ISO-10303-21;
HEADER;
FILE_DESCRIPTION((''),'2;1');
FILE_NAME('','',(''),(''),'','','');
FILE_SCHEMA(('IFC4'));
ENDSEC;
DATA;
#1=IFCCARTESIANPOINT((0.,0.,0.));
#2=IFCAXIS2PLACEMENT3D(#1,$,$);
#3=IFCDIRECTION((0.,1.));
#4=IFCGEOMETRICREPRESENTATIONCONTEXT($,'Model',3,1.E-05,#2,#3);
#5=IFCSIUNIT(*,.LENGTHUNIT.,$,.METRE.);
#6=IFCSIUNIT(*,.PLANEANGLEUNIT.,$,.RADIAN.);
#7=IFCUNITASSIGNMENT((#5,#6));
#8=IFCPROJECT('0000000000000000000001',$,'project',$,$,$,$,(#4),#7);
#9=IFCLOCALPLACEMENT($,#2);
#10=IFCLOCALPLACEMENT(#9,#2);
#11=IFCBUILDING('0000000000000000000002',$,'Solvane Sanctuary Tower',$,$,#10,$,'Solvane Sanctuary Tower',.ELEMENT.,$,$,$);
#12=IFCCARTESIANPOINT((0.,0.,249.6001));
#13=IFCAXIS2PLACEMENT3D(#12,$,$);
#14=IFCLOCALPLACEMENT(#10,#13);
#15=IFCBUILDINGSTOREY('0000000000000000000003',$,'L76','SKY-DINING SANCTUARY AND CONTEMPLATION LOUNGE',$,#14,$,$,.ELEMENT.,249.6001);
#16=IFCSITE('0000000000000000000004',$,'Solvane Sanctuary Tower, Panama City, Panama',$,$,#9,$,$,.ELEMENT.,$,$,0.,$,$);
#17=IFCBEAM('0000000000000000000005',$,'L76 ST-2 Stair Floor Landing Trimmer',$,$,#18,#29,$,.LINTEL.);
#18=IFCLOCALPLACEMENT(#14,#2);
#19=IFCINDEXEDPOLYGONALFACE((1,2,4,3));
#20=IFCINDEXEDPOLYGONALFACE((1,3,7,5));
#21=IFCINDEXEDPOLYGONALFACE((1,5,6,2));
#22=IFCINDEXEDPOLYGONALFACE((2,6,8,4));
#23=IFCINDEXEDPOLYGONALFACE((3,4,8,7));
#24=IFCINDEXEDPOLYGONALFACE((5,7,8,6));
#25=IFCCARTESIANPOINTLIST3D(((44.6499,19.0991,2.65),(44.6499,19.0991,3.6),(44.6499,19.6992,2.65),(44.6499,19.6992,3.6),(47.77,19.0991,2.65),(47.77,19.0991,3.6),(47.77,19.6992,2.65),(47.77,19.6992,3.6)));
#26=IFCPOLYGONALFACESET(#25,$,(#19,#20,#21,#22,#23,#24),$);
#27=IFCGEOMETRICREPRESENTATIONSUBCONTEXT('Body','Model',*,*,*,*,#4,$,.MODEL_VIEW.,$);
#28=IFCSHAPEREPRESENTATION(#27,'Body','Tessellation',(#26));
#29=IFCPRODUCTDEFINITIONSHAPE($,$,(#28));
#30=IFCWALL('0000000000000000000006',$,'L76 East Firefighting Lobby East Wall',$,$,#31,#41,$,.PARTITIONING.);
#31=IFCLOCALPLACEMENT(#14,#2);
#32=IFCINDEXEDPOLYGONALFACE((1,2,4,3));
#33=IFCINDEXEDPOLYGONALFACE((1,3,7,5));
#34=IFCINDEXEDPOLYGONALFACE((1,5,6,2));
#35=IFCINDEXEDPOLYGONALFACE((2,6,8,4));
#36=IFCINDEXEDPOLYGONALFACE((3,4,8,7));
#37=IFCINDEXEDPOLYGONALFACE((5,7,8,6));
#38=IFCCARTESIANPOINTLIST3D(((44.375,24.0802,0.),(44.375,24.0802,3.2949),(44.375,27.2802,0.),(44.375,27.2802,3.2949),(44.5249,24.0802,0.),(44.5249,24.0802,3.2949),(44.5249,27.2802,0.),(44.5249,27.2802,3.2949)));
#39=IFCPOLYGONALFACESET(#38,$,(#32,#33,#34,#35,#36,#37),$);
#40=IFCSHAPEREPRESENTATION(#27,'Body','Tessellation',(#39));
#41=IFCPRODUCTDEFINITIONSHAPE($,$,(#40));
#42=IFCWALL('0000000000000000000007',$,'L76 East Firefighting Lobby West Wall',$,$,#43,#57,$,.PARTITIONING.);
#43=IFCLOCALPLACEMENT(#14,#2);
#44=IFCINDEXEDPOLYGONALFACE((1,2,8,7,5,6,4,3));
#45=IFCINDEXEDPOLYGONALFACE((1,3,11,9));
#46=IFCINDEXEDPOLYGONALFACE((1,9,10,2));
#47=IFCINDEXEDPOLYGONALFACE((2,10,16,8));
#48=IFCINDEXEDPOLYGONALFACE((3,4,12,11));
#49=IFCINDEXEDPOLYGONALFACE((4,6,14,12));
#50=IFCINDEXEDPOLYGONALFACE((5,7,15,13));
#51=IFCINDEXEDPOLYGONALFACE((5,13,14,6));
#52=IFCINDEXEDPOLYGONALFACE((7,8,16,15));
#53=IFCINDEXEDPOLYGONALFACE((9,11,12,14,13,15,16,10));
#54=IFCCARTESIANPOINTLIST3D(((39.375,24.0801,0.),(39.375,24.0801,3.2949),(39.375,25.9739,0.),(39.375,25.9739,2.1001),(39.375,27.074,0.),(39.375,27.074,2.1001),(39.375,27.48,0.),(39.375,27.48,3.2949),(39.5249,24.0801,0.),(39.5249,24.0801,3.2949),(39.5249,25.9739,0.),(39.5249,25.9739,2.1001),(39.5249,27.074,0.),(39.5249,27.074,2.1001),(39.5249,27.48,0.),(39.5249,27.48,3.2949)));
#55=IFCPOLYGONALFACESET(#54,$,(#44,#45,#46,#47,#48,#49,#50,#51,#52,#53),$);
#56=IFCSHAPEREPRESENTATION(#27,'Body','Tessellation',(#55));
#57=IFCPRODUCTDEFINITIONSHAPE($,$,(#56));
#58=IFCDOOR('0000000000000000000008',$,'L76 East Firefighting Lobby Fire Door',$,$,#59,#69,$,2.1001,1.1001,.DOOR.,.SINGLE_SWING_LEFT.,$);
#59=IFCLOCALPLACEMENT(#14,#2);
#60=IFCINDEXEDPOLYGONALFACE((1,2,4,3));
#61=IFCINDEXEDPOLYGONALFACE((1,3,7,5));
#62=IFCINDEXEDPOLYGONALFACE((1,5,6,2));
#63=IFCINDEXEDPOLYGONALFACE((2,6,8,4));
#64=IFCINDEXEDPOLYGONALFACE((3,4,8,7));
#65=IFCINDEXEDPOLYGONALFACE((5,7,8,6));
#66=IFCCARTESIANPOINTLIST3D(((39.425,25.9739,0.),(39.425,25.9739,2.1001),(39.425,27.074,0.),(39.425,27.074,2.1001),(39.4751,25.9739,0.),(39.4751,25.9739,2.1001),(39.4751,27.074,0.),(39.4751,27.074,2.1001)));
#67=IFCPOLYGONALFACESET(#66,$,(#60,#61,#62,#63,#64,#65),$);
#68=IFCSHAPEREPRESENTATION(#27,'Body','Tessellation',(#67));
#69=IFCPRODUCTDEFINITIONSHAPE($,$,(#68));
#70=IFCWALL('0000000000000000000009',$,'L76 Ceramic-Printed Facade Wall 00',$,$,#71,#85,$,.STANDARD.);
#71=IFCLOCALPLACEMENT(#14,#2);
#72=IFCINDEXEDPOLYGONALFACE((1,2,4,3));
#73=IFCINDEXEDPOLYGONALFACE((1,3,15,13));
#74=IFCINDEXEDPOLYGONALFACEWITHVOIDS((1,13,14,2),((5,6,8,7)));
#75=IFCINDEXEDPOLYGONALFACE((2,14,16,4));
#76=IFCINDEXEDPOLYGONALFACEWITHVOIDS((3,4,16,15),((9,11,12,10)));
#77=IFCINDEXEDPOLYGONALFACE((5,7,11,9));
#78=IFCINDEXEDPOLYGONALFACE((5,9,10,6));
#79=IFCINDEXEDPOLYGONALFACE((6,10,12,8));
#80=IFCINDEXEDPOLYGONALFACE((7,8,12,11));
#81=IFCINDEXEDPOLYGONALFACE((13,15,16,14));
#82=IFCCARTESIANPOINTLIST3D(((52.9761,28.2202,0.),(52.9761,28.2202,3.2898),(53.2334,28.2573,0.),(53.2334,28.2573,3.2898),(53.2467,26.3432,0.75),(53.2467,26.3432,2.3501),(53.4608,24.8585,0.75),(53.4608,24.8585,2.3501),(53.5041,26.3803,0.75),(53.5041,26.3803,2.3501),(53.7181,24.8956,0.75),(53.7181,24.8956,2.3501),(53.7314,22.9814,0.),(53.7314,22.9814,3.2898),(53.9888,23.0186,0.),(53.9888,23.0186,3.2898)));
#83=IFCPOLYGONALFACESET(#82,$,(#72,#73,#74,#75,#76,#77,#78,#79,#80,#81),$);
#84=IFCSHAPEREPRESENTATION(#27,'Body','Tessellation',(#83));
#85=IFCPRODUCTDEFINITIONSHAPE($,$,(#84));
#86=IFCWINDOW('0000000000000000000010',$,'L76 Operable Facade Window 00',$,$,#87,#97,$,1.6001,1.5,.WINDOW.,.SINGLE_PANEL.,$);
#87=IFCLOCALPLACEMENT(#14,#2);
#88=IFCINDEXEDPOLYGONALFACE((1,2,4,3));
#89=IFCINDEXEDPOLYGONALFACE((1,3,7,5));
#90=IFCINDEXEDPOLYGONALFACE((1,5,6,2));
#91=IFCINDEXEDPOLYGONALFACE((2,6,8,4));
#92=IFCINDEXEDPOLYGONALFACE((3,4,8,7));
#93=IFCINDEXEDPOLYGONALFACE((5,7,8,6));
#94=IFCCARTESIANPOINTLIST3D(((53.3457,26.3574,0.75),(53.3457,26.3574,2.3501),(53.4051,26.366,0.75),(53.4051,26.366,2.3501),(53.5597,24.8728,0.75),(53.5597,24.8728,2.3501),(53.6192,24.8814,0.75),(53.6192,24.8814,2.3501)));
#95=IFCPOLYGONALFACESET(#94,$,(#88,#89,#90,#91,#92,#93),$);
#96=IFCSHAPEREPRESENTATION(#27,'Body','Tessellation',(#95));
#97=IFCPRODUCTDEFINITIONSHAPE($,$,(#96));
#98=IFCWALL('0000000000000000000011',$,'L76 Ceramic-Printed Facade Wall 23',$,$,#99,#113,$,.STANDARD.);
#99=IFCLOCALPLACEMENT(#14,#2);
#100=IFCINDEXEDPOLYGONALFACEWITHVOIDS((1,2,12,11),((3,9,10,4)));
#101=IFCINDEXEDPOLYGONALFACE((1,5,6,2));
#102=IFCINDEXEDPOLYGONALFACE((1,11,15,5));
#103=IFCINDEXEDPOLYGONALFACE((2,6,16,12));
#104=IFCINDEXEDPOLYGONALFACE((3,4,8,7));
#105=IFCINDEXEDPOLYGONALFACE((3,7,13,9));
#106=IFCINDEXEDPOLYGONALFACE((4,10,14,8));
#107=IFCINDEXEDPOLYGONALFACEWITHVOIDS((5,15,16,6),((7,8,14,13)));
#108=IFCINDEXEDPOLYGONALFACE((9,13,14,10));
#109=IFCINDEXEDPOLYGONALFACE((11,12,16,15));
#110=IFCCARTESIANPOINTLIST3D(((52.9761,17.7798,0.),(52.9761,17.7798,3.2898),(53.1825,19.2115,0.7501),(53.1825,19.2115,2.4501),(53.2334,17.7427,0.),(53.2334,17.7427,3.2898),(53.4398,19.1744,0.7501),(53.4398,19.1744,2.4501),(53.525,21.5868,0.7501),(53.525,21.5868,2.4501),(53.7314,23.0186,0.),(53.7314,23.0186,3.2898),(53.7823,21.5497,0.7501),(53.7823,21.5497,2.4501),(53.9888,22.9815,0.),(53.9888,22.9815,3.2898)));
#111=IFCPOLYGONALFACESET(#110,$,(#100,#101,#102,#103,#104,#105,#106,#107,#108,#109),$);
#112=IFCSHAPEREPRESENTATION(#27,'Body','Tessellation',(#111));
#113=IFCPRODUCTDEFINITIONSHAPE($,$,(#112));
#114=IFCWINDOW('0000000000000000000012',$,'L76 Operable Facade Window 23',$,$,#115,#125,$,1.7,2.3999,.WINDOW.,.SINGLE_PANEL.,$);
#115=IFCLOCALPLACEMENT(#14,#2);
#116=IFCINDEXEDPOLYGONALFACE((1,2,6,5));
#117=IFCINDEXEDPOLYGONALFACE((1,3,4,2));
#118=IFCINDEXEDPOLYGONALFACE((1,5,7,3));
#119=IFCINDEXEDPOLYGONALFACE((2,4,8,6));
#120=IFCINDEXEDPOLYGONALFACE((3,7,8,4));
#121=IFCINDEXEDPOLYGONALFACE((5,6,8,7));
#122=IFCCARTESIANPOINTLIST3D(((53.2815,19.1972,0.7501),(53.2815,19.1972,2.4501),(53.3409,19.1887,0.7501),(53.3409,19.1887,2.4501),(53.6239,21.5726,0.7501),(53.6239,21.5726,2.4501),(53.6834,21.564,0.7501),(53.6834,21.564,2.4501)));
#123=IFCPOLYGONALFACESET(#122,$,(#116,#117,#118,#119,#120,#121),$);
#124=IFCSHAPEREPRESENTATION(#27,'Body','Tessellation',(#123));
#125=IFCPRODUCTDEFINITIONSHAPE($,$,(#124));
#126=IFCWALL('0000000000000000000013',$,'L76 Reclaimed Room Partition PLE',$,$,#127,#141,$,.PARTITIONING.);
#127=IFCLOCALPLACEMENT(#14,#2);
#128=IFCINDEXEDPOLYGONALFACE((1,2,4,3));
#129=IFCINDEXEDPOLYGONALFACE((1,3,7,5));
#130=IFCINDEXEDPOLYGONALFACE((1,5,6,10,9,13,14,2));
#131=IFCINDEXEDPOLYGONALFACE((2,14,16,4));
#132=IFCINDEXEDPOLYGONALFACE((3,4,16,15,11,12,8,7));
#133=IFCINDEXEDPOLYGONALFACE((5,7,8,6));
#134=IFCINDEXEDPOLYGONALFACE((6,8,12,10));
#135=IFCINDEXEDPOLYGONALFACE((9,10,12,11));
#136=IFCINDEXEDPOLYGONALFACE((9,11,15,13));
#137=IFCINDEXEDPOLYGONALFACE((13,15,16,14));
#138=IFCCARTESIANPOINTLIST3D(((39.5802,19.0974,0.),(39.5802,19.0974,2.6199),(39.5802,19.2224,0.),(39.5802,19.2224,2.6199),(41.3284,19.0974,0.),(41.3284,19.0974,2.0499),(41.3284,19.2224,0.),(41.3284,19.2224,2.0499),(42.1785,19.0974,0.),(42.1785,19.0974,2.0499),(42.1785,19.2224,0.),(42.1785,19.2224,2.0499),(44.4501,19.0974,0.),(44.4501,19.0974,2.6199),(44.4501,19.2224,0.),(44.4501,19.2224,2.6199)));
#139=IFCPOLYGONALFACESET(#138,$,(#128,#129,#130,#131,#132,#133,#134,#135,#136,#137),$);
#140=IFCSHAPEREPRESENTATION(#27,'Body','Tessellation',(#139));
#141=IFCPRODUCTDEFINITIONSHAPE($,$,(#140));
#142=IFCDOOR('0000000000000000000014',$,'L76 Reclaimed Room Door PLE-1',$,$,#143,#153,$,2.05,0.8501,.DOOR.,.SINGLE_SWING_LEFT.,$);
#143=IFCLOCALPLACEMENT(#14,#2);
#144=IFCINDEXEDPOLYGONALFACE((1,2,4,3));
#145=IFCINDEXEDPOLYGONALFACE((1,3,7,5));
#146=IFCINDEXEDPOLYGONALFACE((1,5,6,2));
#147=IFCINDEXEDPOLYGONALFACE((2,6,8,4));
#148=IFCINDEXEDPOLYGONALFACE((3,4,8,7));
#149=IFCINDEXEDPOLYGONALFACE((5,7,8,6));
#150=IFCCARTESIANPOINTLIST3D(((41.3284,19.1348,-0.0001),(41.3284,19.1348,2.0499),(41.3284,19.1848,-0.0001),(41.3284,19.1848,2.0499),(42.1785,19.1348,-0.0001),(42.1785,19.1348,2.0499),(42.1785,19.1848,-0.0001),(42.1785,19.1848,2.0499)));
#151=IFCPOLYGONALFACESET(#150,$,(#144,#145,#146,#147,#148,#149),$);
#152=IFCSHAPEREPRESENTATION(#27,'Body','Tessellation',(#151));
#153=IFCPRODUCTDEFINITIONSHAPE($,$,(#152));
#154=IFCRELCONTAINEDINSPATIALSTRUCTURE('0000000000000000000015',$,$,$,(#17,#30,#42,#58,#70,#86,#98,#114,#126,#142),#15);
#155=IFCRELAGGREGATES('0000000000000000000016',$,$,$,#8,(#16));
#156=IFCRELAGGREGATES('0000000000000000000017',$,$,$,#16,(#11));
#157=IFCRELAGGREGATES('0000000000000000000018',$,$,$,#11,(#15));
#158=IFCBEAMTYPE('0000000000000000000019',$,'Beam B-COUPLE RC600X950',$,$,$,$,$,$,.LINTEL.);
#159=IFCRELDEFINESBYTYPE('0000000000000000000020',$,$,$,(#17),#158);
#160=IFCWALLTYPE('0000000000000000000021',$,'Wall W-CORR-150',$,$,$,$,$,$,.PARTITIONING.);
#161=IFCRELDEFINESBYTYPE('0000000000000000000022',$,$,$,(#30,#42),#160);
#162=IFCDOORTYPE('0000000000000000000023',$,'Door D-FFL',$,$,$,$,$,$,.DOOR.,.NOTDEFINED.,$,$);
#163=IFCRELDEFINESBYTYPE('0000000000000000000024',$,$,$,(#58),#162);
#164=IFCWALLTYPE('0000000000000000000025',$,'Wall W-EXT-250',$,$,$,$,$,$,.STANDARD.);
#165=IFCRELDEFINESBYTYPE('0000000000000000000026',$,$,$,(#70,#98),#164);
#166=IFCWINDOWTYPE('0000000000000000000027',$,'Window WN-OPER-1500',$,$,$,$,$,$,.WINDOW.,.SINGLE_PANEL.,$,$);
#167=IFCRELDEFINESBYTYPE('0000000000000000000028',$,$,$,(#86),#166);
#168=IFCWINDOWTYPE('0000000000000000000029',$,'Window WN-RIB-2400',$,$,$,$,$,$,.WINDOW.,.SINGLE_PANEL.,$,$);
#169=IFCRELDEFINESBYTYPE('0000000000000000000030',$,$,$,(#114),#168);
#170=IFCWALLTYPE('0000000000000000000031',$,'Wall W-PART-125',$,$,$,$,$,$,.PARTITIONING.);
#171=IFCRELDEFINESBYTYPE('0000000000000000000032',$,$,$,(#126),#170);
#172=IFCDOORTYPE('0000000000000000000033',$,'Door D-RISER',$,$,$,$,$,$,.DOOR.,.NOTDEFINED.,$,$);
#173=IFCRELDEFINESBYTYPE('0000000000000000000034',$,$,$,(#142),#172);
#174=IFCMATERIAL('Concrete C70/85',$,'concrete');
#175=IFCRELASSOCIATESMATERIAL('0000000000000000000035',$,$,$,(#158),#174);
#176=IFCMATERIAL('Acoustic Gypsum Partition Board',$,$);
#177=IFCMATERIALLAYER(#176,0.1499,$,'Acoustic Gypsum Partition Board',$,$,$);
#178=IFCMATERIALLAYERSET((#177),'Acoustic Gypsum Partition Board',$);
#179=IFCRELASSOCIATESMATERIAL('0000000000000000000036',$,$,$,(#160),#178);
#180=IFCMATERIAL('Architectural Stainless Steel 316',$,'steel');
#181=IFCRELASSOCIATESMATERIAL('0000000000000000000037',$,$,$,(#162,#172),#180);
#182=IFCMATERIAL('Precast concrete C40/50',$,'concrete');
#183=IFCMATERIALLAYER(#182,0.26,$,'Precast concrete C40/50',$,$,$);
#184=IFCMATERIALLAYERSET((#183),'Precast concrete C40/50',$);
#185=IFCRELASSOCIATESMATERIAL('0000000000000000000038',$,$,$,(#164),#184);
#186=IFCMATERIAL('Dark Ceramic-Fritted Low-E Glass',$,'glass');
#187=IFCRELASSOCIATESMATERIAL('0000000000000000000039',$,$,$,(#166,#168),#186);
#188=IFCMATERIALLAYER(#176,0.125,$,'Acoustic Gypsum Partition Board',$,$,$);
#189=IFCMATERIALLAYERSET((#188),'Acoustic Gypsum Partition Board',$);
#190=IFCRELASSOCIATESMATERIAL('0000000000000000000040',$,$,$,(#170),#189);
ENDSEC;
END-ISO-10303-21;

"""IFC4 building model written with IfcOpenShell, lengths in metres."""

from ifc_helpers import new_model, si_unit, direction, frame, frame_2d, origin, origin_2d, place, context, subcontext, project, spatial, rectangle, extrude, material, layer, layer_set, material_profile, profile_set, type_object, element, fill, save


model = new_model("IFC4")

# Units and contexts
model_context = context("Model", 3, precision=1e-05, world=origin(), true_north=direction((0.0, 1.0)))
body_context = subcontext(model_context, "Body", "Model", "MODEL_VIEW")
ifc_project = project(units=[si_unit("LENGTHUNIT", "METRE"), si_unit("PLANEANGLEUNIT", "RADIAN")], contexts=[model_context])

# Site, building, storey
site_placement = place(None, origin())
site = spatial("IfcSite", under=ifc_project, at=site_placement, Name="Solvane Sanctuary Tower, Panama City, Panama", CompositionType="ELEMENT", RefElevation=0.0)
building_placement = place(site_placement, origin())
building = spatial("IfcBuilding", under=site, at=building_placement, Name="Solvane Sanctuary Tower", LongName="Solvane Sanctuary Tower", CompositionType="ELEMENT")
storey_placement = place(building_placement, frame((0.0, 0.0, 249.6001)))
storey = spatial("IfcBuildingStorey", under=building, at=storey_placement, Name="L76", Description="SKY-DINING SANCTUARY AND CONTEMPLATION LOUNGE", CompositionType="ELEMENT", Elevation=249.6001)

# Beam
ifc_material_1 = material(Name="Concrete C70/85", Category="concrete")
ifc_material_profile = material_profile(ifc_material_1, rectangle(XDim=0.6001, YDim=0.95, at=origin_2d()), Name="RC600X950")
ifc_profile_set = profile_set([ifc_material_profile], Name="Concrete C70/85")
beam_type = type_object("IfcBeamType", Name="Beam B-COUPLE RC600X950", PredefinedType="LINTEL", material=ifc_profile_set)
beam_placement = place(storey_placement, frame((44.6499, 19.3992, 3.125), z_axis=(1.0, 0.0, 0.0), x_axis=(0.0, 1.0, 0.0)))
element("IfcBeam", 1, at=beam_placement, inside=storey, type_object=beam_type, Name="L76 ST-2 Stair Floor Landing Trimmer", PredefinedType="LINTEL", context=body_context, shape_type="SweptSolid", body=[
    extrude(rectangle(XDim=0.6001, YDim=0.95, at=origin_2d()), origin(), (0.0, 0.0, 1.0), 3.1201),
])

# Wall
ifc_material_2 = material(Name="Acoustic Gypsum Partition Board")
ifc_layer_1 = layer(ifc_material_2, 0.1499, Name="Acoustic Gypsum Partition Board")
ifc_layer_set_1 = layer_set([ifc_layer_1], Name="Acoustic Gypsum Partition Board")
wall_type_1 = type_object("IfcWallType", Name="Wall W-CORR-150", PredefinedType="PARTITIONING", material=ifc_layer_set_1)
wall_1_placement = place(storey_placement, frame((44.45, 24.0801, 0.0), z_axis=(0.0, 0.0, 1.0), x_axis=(0.0, 1.0, 0.0)))
element("IfcWall", 2, at=wall_1_placement, inside=storey, type_object=wall_type_1, Name="L76 East Firefighting Lobby East Wall", PredefinedType="PARTITIONING", context=body_context, shape_type="SweptSolid", body=[
    extrude(rectangle(XDim=3.2, YDim=0.1499, at=frame_2d((1.6001, 0.0))), origin(), (0.0, 0.0, 1.0), 3.2949),
])

# Wall, opening, door
wall_2_placement = place(storey_placement, frame((39.45, 24.0801, 0.0), z_axis=(0.0, 0.0, 1.0), x_axis=(0.0, 1.0, 0.0)))
wall_2 = element("IfcWall", 3, at=wall_2_placement, inside=storey, type_object=wall_type_1, Name="L76 East Firefighting Lobby West Wall", PredefinedType="PARTITIONING", context=body_context, shape_type="SweptSolid", body=[
    extrude(rectangle(XDim=3.3999, YDim=0.1499, at=frame_2d((1.7, 0.0))), origin(), (0.0, 0.0, 1.0), 3.2949),
])
opening_1_placement = place(wall_2_placement, frame((1.8938, 0.0, 0.0)))
opening_1 = element("IfcOpeningElement", 4, at=opening_1_placement, cuts=wall_2, PredefinedType="OPENING", context=body_context, shape_type="SweptSolid", body=[
    extrude(rectangle(XDim=1.1001, YDim=2.1001, at=frame_2d((0.55, 1.05))), frame((0.0, 0.085, 0.0), z_axis=(0.0, -1.0, 0.0), x_axis=(1.0, 0.0, 0.0)), (0.0, 0.0, 1.0), 0.1699),
])
ifc_material_3 = material(Name="Architectural Stainless Steel 316", Category="steel")
door_type_1 = type_object("IfcDoorType", Name="Door D-FFL", OperationType="NOTDEFINED", PredefinedType="DOOR", material=ifc_material_3)
door_1_placement = place(opening_1_placement, origin())
door_1 = element("IfcDoor", 5, at=door_1_placement, inside=storey, type_object=door_type_1, Name="L76 East Firefighting Lobby Fire Door", OperationType="SINGLE_SWING_LEFT", OverallHeight=2.1001, OverallWidth=1.1001, PredefinedType="DOOR", context=body_context, shape_type="SweptSolid", body=[
    extrude(rectangle(XDim=1.1001, YDim=2.1001, at=frame_2d((0.55, 1.05))), frame((0.0, 0.0249, 0.0), z_axis=(0.0, -1.0, 0.0), x_axis=(1.0, 0.0, 0.0)), (0.0, 0.0, 1.0), 0.05),
])
fill(opening_1, door_1)

# Walls, openings, windows
ifc_material_4 = material(Name="Precast concrete C40/50", Category="concrete")
ifc_layer_2 = layer(ifc_material_4, 0.26, Name="Precast concrete C40/50")
ifc_layer_set_2 = layer_set([ifc_layer_2], Name="Precast concrete C40/50")
wall_type_2 = type_object("IfcWallType", Name="Wall W-EXT-250", PredefinedType="STANDARD", material=ifc_layer_set_2)
wall_3_placement = place(storey_placement, frame((53.8601, 23.0, 0.0), z_axis=(0.0, 0.0, 1.0), x_axis=(-0.142713, 0.989764, 0.0)))
wall_3 = element("IfcWall", 6, at=wall_3_placement, inside=storey, type_object=wall_type_2, Name="L76 Ceramic-Printed Facade Wall 00", PredefinedType="STANDARD", context=body_context, shape_type="SweptSolid", body=[
    extrude(rectangle(XDim=5.293, YDim=0.26, at=frame_2d((2.6465, 0.0))), origin(), (0.0, 0.0, 1.0), 3.2898),
])
opening_2_placement = place(wall_3_placement, frame((1.8965, 0.0, 0.75)))
opening_2 = element("IfcOpeningElement", 7, at=opening_2_placement, cuts=wall_3, PredefinedType="OPENING", context=body_context, shape_type="SweptSolid", body=[
    extrude(rectangle(XDim=1.5, YDim=1.6001, at=frame_2d((0.75, 0.8))), frame((0.0, 0.1399, 0.0), z_axis=(0.0, -1.0, 0.0), x_axis=(1.0, 0.0, 0.0)), (0.0, 0.0, 1.0), 0.28),
])
ifc_material_5 = material(Name="Dark Ceramic-Fritted Low-E Glass", Category="glass")
window_type_1 = type_object("IfcWindowType", Name="Window WN-OPER-1500", PartitioningType="SINGLE_PANEL", PredefinedType="WINDOW", material=ifc_material_5)
window_1_placement = place(opening_2_placement, origin())
window_1 = element("IfcWindow", 8, at=window_1_placement, inside=storey, type_object=window_type_1, Name="L76 Operable Facade Window 00", OverallHeight=1.6001, OverallWidth=1.5, PartitioningType="SINGLE_PANEL", PredefinedType="WINDOW", context=body_context, shape_type="SweptSolid", body=[
    extrude(rectangle(XDim=1.5, YDim=1.6001, at=frame_2d((0.75, 0.8))), frame((0.0, 0.03, 0.0), z_axis=(0.0, -1.0, 0.0), x_axis=(1.0, 0.0, 0.0)), (0.0, 0.0, 1.0), 0.0601),
])
fill(opening_2, window_1)
wall_4_placement = place(storey_placement, frame((53.1047, 17.7612, 0.0), z_axis=(0.0, 0.0, 1.0), x_axis=(0.142713, 0.989764, 0.0)))
wall_4 = element("IfcWall", 9, at=wall_4_placement, inside=storey, type_object=wall_type_2, Name="L76 Ceramic-Printed Facade Wall 23", PredefinedType="STANDARD", context=body_context, shape_type="SweptSolid", body=[
    extrude(rectangle(XDim=5.293, YDim=0.26, at=frame_2d((2.6465, 0.0))), origin(), (0.0, 0.0, 1.0), 3.2898),
])
opening_3_placement = place(wall_4_placement, frame((1.4465, 0.0, 0.75)))
opening_3 = element("IfcOpeningElement", 10, at=opening_3_placement, cuts=wall_4, PredefinedType="OPENING", context=body_context, shape_type="SweptSolid", body=[
    extrude(rectangle(XDim=2.3999, YDim=1.7, at=frame_2d((1.2, 0.8501))), frame((0.0, 0.1399, 0.0), z_axis=(0.0, -1.0, 0.0), x_axis=(1.0, 0.0, 0.0)), (0.0, 0.0, 1.0), 0.28),
])
window_type_2 = type_object("IfcWindowType", Name="Window WN-RIB-2400", PartitioningType="SINGLE_PANEL", PredefinedType="WINDOW", material=ifc_material_5)
window_2_placement = place(opening_3_placement, origin())
window_2 = element("IfcWindow", 11, at=window_2_placement, inside=storey, type_object=window_type_2, Name="L76 Operable Facade Window 23", OverallHeight=1.7, OverallWidth=2.3999, PartitioningType="SINGLE_PANEL", PredefinedType="WINDOW", context=body_context, shape_type="SweptSolid", body=[
    extrude(rectangle(XDim=2.3999, YDim=1.7, at=frame_2d((1.2, 0.8501))), frame((0.0, 0.03, 0.0), z_axis=(0.0, -1.0, 0.0), x_axis=(1.0, 0.0, 0.0)), (0.0, 0.0, 1.0), 0.0601),
])
fill(opening_3, window_2)

# Wall, opening, door
ifc_layer_3 = layer(ifc_material_2, 0.125, Name="Acoustic Gypsum Partition Board")
ifc_layer_set_3 = layer_set([ifc_layer_3], Name="Acoustic Gypsum Partition Board")
wall_type_3 = type_object("IfcWallType", Name="Wall W-PART-125", PredefinedType="PARTITIONING", material=ifc_layer_set_3)
wall_5_placement = place(storey_placement, frame((39.5801, 19.1599, 0.0), z_axis=(0.0, 0.0, 1.0), x_axis=(1.0, 0.0, 0.0)))
wall_5 = element("IfcWall", 12, at=wall_5_placement, inside=storey, type_object=wall_type_3, Name="L76 Reclaimed Room Partition PLE", PredefinedType="PARTITIONING", context=body_context, shape_type="SweptSolid", body=[
    extrude(rectangle(XDim=4.8699, YDim=0.125, at=frame_2d((2.4351, 0.0))), origin(), (0.0, 0.0, 1.0), 2.6199),
])
opening_4_placement = place(wall_5_placement, frame((1.7483, 0.0, 0.0)))
opening_4 = element("IfcOpeningElement", 13, at=opening_4_placement, cuts=wall_5, PredefinedType="OPENING", context=body_context, shape_type="SweptSolid", body=[
    extrude(rectangle(XDim=0.8501, YDim=2.05, at=frame_2d((0.425, 1.0249))), frame((0.0, 0.0725, 0.0), z_axis=(0.0, -1.0, 0.0), x_axis=(1.0, 0.0, 0.0)), (0.0, 0.0, 1.0), 0.145),
])
door_type_2 = type_object("IfcDoorType", Name="Door D-RISER", OperationType="NOTDEFINED", PredefinedType="DOOR", material=ifc_material_3)
door_2_placement = place(opening_4_placement, origin())
door_2 = element("IfcDoor", 14, at=door_2_placement, inside=storey, type_object=door_type_2, Name="L76 Reclaimed Room Door PLE-1", OperationType="SINGLE_SWING_LEFT", OverallHeight=2.05, OverallWidth=0.8501, PredefinedType="DOOR", context=body_context, shape_type="SweptSolid", body=[
    extrude(rectangle(XDim=0.8501, YDim=2.05, at=frame_2d((0.425, 1.0249))), frame((0.0, 0.0249, 0.0), z_axis=(0.0, -1.0, 0.0), x_axis=(1.0, 0.0, 0.0)), (0.0, 0.0, 1.0), 0.05),
])
fill(opening_4, door_2)

save(model, "model.ifc")
